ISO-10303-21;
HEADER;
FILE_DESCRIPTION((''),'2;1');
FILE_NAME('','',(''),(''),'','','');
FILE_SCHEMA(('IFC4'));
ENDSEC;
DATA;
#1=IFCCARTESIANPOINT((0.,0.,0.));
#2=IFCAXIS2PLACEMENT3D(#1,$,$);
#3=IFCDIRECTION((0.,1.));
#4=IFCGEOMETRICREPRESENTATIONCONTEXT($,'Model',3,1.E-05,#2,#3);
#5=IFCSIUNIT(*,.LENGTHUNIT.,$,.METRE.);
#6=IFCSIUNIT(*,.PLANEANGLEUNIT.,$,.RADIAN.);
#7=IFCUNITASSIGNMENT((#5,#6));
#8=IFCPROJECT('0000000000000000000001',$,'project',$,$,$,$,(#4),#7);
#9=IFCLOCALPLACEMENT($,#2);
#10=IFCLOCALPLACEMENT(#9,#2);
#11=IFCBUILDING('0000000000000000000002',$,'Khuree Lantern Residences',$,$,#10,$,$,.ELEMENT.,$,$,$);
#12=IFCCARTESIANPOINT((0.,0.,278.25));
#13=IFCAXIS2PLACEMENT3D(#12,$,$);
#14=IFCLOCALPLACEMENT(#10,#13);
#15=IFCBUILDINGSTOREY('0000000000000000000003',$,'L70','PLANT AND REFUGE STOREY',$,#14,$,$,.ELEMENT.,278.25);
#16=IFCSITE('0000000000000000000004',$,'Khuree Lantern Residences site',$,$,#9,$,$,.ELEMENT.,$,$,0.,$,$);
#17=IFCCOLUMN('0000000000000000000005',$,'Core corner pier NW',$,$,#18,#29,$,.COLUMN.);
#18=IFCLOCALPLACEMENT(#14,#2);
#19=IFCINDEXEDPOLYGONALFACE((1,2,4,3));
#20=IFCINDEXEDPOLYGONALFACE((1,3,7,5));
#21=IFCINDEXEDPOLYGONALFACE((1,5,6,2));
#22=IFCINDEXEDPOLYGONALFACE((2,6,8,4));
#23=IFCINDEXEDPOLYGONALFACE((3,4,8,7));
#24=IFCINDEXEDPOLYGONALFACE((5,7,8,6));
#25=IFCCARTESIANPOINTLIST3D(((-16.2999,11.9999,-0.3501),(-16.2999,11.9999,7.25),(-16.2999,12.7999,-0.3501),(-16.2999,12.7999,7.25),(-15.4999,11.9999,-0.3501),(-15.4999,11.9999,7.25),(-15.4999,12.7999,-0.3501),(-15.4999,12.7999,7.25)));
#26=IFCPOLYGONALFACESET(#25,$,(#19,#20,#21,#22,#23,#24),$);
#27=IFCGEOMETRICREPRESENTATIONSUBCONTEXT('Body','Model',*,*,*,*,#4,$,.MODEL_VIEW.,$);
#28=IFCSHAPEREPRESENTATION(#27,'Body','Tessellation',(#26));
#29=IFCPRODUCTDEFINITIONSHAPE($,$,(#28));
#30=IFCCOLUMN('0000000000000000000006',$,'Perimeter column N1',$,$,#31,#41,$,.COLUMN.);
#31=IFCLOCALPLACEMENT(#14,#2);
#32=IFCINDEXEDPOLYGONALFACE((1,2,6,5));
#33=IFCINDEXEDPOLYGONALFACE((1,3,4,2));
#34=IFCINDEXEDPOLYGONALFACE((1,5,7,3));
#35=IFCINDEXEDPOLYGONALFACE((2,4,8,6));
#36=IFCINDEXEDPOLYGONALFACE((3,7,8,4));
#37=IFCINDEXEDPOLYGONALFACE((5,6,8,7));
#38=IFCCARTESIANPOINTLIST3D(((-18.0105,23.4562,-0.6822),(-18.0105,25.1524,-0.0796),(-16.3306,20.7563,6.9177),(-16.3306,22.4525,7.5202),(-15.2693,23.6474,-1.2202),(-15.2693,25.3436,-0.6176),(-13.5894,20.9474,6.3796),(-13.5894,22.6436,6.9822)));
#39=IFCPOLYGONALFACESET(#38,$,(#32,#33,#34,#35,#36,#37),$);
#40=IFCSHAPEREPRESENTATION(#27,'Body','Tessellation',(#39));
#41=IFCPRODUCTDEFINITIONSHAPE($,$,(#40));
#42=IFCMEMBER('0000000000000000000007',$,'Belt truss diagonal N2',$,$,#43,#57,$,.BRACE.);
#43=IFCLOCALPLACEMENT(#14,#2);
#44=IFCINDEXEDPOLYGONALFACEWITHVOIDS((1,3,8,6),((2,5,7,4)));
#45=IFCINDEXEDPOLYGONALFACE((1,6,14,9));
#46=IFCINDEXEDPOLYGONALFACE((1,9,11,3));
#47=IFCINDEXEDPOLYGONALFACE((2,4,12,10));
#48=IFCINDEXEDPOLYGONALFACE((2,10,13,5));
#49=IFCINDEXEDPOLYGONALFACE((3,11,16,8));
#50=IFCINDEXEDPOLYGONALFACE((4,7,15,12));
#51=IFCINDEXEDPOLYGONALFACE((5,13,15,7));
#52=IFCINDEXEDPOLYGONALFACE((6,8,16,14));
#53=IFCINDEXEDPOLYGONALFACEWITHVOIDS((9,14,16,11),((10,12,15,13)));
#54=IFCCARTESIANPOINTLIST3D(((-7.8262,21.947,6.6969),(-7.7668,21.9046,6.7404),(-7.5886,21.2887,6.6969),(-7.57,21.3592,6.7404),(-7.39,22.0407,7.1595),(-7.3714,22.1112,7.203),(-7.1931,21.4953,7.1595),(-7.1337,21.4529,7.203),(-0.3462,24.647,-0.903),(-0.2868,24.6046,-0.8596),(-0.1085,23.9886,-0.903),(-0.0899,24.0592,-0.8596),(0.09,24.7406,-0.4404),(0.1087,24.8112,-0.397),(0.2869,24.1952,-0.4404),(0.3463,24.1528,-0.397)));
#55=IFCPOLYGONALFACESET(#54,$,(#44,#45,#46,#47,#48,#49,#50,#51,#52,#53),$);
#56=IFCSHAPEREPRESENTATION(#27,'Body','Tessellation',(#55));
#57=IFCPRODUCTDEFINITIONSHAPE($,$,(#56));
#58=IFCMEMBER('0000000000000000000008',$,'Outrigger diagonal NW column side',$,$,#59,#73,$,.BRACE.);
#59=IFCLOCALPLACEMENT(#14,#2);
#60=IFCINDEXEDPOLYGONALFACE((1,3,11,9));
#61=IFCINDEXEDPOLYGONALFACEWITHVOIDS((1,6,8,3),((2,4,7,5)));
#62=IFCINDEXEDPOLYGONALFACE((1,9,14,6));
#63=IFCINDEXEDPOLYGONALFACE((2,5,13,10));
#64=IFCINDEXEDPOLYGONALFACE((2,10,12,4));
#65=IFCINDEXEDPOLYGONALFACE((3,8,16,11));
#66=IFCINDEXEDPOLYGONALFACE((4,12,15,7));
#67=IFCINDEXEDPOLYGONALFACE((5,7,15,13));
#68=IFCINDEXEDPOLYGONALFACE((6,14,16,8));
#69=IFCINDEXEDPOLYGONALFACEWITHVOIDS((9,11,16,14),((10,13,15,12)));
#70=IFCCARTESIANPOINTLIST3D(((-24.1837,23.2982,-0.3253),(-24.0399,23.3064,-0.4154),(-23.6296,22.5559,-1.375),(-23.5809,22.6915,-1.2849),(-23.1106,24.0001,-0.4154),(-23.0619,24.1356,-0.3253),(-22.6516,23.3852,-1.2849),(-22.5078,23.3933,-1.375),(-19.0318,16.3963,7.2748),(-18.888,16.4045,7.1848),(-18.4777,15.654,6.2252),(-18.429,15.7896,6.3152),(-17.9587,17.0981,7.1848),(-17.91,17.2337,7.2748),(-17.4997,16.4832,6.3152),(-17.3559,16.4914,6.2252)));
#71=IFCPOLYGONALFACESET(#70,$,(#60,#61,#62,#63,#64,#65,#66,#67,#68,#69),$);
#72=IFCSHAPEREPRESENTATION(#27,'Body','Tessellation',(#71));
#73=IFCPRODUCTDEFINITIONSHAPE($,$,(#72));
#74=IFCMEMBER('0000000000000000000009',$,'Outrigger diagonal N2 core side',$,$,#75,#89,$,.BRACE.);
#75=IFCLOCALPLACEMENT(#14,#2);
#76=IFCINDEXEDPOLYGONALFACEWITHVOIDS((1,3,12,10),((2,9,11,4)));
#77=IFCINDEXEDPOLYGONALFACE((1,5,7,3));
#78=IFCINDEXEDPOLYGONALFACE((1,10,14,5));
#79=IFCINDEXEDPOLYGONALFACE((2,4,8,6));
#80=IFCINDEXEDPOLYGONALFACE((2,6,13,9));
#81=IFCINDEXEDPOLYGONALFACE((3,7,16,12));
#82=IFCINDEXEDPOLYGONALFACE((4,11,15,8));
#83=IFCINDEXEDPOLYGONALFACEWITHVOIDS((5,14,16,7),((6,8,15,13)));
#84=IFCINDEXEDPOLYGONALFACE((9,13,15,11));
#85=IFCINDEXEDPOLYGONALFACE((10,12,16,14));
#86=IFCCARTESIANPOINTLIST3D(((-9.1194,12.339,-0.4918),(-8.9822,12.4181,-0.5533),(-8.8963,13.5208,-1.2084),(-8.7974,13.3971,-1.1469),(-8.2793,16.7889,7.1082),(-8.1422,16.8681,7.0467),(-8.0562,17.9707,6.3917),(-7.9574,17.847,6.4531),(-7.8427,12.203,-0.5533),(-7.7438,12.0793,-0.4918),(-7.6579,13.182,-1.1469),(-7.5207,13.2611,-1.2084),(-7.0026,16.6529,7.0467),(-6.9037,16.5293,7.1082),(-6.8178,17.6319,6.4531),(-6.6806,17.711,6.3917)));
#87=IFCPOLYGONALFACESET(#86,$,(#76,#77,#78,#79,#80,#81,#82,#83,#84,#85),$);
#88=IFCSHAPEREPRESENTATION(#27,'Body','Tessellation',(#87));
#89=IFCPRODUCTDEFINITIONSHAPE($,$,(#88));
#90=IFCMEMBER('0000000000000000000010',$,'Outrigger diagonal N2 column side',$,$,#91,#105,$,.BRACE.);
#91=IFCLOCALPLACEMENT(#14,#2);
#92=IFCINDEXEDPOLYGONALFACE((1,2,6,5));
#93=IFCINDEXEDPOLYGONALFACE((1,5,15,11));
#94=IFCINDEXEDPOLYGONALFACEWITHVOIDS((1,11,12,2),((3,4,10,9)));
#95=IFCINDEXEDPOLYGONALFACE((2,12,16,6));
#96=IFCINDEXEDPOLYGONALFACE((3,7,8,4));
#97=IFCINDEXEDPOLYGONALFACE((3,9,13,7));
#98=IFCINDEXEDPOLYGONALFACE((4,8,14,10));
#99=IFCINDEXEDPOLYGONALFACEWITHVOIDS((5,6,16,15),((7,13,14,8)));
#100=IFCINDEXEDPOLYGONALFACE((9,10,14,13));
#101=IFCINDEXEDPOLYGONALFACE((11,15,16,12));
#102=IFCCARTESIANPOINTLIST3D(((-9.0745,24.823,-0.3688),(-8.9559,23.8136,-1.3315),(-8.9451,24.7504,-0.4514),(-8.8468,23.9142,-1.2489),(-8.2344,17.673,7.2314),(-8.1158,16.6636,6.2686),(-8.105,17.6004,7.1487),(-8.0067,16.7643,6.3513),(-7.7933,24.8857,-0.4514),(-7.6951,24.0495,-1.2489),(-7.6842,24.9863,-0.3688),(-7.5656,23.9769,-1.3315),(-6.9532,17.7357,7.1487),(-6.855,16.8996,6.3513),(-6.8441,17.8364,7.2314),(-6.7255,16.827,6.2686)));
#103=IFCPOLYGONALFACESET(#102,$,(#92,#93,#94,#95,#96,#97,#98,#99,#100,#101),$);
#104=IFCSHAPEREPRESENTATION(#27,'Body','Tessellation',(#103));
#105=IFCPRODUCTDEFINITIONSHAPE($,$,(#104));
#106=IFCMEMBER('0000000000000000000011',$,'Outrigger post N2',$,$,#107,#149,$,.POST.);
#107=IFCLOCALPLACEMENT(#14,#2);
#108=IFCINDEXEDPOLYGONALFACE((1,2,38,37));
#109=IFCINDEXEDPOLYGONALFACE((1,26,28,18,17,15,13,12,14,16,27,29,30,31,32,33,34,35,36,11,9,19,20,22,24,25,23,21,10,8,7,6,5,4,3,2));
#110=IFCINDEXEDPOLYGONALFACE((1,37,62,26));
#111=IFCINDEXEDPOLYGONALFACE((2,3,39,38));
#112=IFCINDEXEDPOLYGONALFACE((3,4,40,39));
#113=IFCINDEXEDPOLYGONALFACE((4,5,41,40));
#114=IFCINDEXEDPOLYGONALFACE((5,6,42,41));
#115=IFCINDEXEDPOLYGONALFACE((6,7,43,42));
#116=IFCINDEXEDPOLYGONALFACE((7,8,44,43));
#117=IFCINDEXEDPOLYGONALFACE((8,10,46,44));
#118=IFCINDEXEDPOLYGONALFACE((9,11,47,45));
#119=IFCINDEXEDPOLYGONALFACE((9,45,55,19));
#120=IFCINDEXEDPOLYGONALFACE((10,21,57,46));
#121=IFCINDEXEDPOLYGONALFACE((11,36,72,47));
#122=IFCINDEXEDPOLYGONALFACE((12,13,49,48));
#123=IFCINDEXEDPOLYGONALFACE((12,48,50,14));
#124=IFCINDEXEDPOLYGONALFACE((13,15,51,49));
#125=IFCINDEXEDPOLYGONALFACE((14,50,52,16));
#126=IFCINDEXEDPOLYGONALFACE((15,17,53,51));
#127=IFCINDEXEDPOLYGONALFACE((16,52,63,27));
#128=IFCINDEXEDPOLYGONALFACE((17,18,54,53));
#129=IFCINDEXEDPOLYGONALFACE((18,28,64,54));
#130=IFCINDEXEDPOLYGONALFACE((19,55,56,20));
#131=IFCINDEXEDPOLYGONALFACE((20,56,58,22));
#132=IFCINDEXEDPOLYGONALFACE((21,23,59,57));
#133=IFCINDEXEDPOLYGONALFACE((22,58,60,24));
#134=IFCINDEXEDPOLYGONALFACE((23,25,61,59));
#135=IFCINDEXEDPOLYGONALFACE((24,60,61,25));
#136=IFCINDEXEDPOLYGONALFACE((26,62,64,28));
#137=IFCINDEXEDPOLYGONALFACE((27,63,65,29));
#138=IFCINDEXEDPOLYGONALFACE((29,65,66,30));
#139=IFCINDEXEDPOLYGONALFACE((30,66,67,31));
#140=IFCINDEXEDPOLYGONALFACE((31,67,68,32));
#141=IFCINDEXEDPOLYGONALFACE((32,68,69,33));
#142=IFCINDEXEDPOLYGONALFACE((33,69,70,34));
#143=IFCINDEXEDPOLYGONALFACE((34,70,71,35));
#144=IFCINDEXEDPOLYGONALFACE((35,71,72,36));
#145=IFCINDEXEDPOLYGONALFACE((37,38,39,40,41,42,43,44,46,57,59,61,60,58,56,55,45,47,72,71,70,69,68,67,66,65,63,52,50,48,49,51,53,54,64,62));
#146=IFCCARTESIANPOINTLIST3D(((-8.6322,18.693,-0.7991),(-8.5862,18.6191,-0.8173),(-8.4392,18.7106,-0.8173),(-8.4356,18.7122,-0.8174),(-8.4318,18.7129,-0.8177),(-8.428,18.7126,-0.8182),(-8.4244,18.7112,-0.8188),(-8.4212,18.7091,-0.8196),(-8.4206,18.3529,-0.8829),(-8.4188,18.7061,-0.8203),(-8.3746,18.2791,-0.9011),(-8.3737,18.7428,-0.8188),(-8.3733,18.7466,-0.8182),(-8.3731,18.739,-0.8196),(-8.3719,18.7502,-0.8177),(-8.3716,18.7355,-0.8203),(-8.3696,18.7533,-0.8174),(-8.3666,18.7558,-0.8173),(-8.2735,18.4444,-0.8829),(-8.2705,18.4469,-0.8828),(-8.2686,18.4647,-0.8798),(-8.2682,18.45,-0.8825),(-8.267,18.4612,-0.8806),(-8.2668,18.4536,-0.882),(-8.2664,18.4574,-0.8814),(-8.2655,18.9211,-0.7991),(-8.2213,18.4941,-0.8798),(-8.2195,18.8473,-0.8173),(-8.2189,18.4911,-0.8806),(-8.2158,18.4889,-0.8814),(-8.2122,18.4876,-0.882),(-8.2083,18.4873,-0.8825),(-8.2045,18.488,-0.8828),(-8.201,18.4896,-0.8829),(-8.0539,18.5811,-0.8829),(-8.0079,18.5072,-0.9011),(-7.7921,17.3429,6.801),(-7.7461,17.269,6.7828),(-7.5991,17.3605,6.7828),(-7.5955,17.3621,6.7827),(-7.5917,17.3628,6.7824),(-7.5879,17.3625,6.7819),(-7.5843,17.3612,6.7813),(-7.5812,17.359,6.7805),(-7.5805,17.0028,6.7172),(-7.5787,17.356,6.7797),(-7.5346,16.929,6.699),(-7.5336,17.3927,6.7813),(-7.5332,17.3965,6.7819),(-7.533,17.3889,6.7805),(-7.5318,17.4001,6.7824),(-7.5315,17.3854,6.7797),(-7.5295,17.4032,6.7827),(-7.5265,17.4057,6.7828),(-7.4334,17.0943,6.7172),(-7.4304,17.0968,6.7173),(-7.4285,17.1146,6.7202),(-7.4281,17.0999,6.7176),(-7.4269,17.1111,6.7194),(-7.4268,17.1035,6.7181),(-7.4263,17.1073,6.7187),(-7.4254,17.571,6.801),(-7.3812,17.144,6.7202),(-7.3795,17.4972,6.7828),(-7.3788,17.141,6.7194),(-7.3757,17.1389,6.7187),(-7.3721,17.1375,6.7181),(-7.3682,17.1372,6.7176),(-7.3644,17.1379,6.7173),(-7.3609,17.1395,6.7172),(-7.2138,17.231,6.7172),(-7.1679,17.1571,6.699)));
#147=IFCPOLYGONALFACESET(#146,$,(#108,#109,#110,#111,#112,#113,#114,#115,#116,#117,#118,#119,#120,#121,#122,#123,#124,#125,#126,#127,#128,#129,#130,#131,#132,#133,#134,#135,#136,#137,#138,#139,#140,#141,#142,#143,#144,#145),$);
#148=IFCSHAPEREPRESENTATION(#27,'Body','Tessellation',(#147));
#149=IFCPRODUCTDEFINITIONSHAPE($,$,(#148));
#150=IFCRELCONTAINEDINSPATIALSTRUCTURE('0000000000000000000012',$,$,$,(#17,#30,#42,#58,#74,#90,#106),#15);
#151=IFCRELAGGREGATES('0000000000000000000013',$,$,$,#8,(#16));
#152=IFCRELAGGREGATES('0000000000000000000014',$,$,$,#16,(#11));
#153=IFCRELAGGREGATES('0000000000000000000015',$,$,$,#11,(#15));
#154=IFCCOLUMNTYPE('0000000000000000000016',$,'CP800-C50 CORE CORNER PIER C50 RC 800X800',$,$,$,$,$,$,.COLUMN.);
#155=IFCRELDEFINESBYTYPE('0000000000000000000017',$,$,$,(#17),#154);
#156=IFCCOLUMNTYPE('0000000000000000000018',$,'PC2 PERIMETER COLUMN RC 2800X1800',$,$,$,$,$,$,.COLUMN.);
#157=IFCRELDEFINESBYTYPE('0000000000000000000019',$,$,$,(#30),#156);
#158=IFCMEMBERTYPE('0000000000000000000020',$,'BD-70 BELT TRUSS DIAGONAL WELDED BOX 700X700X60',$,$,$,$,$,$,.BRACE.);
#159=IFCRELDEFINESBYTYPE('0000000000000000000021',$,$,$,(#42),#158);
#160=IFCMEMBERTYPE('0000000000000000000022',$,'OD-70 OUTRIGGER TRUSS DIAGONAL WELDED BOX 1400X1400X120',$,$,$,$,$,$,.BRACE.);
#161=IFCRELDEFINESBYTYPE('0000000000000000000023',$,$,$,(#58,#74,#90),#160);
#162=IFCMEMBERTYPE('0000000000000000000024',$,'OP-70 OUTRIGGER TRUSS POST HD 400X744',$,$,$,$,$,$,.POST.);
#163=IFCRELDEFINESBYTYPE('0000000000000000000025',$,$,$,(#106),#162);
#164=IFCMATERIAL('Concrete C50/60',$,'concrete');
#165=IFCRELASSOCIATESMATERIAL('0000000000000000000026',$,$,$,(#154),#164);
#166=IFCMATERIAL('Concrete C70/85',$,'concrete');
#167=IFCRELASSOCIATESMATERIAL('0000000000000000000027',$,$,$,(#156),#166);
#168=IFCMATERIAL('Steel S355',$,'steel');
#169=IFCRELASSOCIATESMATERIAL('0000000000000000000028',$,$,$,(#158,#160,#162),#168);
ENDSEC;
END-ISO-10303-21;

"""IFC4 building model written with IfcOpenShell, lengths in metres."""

from ifc_helpers import new_model, si_unit, direction, frame, origin, origin_2d, place, context, subcontext, project, spatial, rectangle, hollow_rectangle, i_section, extrude, material, material_profile, profile_set, type_object, element, save


model = new_model("IFC4")

# Units and contexts
model_context = context("Model", 3, precision=1e-05, world=origin(), true_north=direction((0.0, 1.0)))
body_context = subcontext(model_context, "Body", "Model", "MODEL_VIEW")
ifc_project = project(units=[si_unit("LENGTHUNIT", "METRE"), si_unit("PLANEANGLEUNIT", "RADIAN")], contexts=[model_context])

# Site, building, storey
site_placement = place(None, origin())
site = spatial("IfcSite", under=ifc_project, at=site_placement, Name="Khuree Lantern Residences site", CompositionType="ELEMENT", RefElevation=0.0)
building_placement = place(site_placement, origin())
building = spatial("IfcBuilding", under=site, at=building_placement, Name="Khuree Lantern Residences", CompositionType="ELEMENT")
storey_placement = place(building_placement, frame((0.0, 0.0, 278.25)))
storey = spatial("IfcBuildingStorey", under=building, at=storey_placement, Name="L70", Description="PLANT AND REFUGE STOREY", CompositionType="ELEMENT", Elevation=278.25)

# Columns
ifc_material_1 = material(Name="Concrete C50/60", Category="concrete")
ifc_material_profile_1 = material_profile(ifc_material_1, rectangle(XDim=0.8, YDim=0.8, at=origin_2d()), Name="RC 800X800")
ifc_profile_set_1 = profile_set([ifc_material_profile_1], Name="Concrete C50/60")
column_type_1 = type_object("IfcColumnType", Name="CP800-C50 CORE CORNER PIER C50 RC 800X800", PredefinedType="COLUMN", material=ifc_profile_set_1)
column_1_placement = place(storey_placement, frame((-15.8999, 12.3999, -0.3501), z_axis=(0.0, 0.0, 1.0), x_axis=(1.0, 0.0, 0.0)))
element("IfcColumn", 1, at=column_1_placement, inside=storey, type_object=column_type_1, Name="Core corner pier NW", PredefinedType="COLUMN", context=body_context, shape_type="SweptSolid", body=[
    extrude(rectangle(XDim=0.8, YDim=0.8, at=origin_2d()), origin(), (0.0, 0.0, 1.0), 7.6001),
])
ifc_material_2 = material(Name="Concrete C70/85", Category="concrete")
ifc_material_profile_2 = material_profile(ifc_material_2, rectangle(XDim=2.8, YDim=1.8, at=origin_2d()), Name="RC 2800X1800")
ifc_profile_set_2 = profile_set([ifc_material_profile_2], Name="Concrete C70/85")
column_type_2 = type_object("IfcColumnType", Name="PC2 PERIMETER COLUMN RC 2800X1800", PredefinedType="COLUMN", material=ifc_profile_set_2)
column_2_placement = place(storey_placement, frame((-16.6399, 24.3999, -0.6499), z_axis=(0.203917, -0.327731, 0.922502), x_axis=(0.978988, 0.068256, -0.192155)))
element("IfcColumn", 2, at=column_2_placement, inside=storey, type_object=column_type_2, Name="Perimeter column N1", PredefinedType="COLUMN", context=body_context, shape_type="SweptSolid", body=[
    extrude(rectangle(XDim=2.8, YDim=1.8, at=origin_2d()), origin(), (0.0, 0.0, 1.0), 8.2383),
])

# Members
ifc_material_3 = material(Name="Steel S355", Category="steel")
ifc_material_profile_3 = material_profile(ifc_material_3, hollow_rectangle(XDim=0.7, YDim=0.7, WallThickness=0.0601, at=origin_2d()), Name="WELDED BOX 700X700X60")
ifc_profile_set_3 = profile_set([ifc_material_profile_3], Name="Steel S355")
member_type_1 = type_object("IfcMemberType", Name="BD-70 BELT TRUSS DIAGONAL WELDED BOX 700X700X60", PredefinedType="BRACE", material=ifc_profile_set_3)
member_1_placement = place(storey_placement, frame((-7.48, 21.7, 6.95), z_axis=(0.680005, 0.245453, -0.690903), x_axis=(-0.339516, 0.9406, 0.0)))
element("IfcMember", 3, at=member_1_placement, inside=storey, type_object=member_type_1, Name="Belt truss diagonal N2", PredefinedType="BRACE", context=body_context, shape_type="SweptSolid", body=[
    extrude(hollow_rectangle(XDim=0.7, YDim=0.7, WallThickness=0.0601, at=origin_2d()), origin(), (0.0, 0.0, 1.0), 11.0),
])
ifc_material_profile_4 = material_profile(ifc_material_3, hollow_rectangle(XDim=1.3999, YDim=1.3999, WallThickness=0.1201, at=origin_2d()), Name="WELDED BOX 1400X1400X120")
ifc_profile_set_4 = profile_set([ifc_material_profile_4], Name="Steel S355")
member_type_2 = type_object("IfcMemberType", Name="OD-70 OUTRIGGER TRUSS DIAGONAL WELDED BOX 1400X1400X120", PredefinedType="BRACE", material=ifc_profile_set_4)
member_2_placement = place(storey_placement, frame((-18.1938, 16.4438, 6.75), z_axis=(-0.448516, 0.600869, -0.661657), x_axis=(-0.801365, -0.598175, 0.0)))
element("IfcMember", 4, at=member_2_placement, inside=storey, type_object=member_type_2, Name="Outrigger diagonal NW column side", PredefinedType="BRACE", context=body_context, shape_type="SweptSolid", body=[
    extrude(hollow_rectangle(XDim=1.3999, YDim=1.3999, WallThickness=0.1201, at=origin_2d()), origin(), (0.0, 0.0, 1.0), 11.4866),
])
member_3_placement = place(storey_placement, frame((-8.3201, 12.8, -0.8501), z_axis=(0.094957, 0.50299, 0.85906), x_axis=(-0.982643, 0.185509, 0.0)))
element("IfcMember", 5, at=member_3_placement, inside=storey, type_object=member_type_2, Name="Outrigger diagonal N2 core side", PredefinedType="BRACE", context=body_context, shape_type="SweptSolid", body=[
    extrude(hollow_rectangle(XDim=1.3999, YDim=1.3999, WallThickness=0.1201, at=origin_2d()), origin(), (0.0, 0.0, 1.0), 8.8469),
])
member_4_placement = place(storey_placement, frame((-7.48, 17.25, 6.75), z_axis=(-0.08025, 0.682996, -0.726001), x_axis=(-0.993168, -0.116694, 0.0)))
element("IfcMember", 6, at=member_4_placement, inside=storey, type_object=member_type_2, Name="Outrigger diagonal N2 column side", PredefinedType="BRACE", context=body_context, shape_type="SweptSolid", body=[
    extrude(hollow_rectangle(XDim=1.3999, YDim=1.3999, WallThickness=0.1201, at=origin_2d()), origin(), (0.0, 0.0, 1.0), 10.4685),
])
ifc_material_profile_5 = material_profile(ifc_material_3, i_section(OverallWidth=0.4319, OverallDepth=0.498, WebThickness=0.0557, FlangeThickness=0.0889, FilletRadius=0.0149, at=origin_2d()), Name="HD 400X744")
ifc_profile_set_5 = profile_set([ifc_material_profile_5], Name="Steel S355")
member_type_3 = type_object("IfcMemberType", Name="OP-70 OUTRIGGER TRUSS POST HD 400X744", PredefinedType="POST", material=ifc_profile_set_5)
member_5_placement = place(storey_placement, frame((-8.3201, 18.6001, -0.8501), z_axis=(0.108194, -0.173877, 0.978806), x_axis=(0.849049, 0.528314, 0.0)))
element("IfcMember", 7, at=member_5_placement, inside=storey, type_object=member_type_3, Name="Outrigger post N2", PredefinedType="POST", context=body_context, shape_type="SweptSolid", body=[
    extrude(i_section(OverallWidth=0.4319, OverallDepth=0.498, WebThickness=0.0557, FlangeThickness=0.0889, FilletRadius=0.0149, at=origin_2d()), origin(), (0.0, 0.0, 1.0), 7.7646),
])

save(model, "model.ifc")
